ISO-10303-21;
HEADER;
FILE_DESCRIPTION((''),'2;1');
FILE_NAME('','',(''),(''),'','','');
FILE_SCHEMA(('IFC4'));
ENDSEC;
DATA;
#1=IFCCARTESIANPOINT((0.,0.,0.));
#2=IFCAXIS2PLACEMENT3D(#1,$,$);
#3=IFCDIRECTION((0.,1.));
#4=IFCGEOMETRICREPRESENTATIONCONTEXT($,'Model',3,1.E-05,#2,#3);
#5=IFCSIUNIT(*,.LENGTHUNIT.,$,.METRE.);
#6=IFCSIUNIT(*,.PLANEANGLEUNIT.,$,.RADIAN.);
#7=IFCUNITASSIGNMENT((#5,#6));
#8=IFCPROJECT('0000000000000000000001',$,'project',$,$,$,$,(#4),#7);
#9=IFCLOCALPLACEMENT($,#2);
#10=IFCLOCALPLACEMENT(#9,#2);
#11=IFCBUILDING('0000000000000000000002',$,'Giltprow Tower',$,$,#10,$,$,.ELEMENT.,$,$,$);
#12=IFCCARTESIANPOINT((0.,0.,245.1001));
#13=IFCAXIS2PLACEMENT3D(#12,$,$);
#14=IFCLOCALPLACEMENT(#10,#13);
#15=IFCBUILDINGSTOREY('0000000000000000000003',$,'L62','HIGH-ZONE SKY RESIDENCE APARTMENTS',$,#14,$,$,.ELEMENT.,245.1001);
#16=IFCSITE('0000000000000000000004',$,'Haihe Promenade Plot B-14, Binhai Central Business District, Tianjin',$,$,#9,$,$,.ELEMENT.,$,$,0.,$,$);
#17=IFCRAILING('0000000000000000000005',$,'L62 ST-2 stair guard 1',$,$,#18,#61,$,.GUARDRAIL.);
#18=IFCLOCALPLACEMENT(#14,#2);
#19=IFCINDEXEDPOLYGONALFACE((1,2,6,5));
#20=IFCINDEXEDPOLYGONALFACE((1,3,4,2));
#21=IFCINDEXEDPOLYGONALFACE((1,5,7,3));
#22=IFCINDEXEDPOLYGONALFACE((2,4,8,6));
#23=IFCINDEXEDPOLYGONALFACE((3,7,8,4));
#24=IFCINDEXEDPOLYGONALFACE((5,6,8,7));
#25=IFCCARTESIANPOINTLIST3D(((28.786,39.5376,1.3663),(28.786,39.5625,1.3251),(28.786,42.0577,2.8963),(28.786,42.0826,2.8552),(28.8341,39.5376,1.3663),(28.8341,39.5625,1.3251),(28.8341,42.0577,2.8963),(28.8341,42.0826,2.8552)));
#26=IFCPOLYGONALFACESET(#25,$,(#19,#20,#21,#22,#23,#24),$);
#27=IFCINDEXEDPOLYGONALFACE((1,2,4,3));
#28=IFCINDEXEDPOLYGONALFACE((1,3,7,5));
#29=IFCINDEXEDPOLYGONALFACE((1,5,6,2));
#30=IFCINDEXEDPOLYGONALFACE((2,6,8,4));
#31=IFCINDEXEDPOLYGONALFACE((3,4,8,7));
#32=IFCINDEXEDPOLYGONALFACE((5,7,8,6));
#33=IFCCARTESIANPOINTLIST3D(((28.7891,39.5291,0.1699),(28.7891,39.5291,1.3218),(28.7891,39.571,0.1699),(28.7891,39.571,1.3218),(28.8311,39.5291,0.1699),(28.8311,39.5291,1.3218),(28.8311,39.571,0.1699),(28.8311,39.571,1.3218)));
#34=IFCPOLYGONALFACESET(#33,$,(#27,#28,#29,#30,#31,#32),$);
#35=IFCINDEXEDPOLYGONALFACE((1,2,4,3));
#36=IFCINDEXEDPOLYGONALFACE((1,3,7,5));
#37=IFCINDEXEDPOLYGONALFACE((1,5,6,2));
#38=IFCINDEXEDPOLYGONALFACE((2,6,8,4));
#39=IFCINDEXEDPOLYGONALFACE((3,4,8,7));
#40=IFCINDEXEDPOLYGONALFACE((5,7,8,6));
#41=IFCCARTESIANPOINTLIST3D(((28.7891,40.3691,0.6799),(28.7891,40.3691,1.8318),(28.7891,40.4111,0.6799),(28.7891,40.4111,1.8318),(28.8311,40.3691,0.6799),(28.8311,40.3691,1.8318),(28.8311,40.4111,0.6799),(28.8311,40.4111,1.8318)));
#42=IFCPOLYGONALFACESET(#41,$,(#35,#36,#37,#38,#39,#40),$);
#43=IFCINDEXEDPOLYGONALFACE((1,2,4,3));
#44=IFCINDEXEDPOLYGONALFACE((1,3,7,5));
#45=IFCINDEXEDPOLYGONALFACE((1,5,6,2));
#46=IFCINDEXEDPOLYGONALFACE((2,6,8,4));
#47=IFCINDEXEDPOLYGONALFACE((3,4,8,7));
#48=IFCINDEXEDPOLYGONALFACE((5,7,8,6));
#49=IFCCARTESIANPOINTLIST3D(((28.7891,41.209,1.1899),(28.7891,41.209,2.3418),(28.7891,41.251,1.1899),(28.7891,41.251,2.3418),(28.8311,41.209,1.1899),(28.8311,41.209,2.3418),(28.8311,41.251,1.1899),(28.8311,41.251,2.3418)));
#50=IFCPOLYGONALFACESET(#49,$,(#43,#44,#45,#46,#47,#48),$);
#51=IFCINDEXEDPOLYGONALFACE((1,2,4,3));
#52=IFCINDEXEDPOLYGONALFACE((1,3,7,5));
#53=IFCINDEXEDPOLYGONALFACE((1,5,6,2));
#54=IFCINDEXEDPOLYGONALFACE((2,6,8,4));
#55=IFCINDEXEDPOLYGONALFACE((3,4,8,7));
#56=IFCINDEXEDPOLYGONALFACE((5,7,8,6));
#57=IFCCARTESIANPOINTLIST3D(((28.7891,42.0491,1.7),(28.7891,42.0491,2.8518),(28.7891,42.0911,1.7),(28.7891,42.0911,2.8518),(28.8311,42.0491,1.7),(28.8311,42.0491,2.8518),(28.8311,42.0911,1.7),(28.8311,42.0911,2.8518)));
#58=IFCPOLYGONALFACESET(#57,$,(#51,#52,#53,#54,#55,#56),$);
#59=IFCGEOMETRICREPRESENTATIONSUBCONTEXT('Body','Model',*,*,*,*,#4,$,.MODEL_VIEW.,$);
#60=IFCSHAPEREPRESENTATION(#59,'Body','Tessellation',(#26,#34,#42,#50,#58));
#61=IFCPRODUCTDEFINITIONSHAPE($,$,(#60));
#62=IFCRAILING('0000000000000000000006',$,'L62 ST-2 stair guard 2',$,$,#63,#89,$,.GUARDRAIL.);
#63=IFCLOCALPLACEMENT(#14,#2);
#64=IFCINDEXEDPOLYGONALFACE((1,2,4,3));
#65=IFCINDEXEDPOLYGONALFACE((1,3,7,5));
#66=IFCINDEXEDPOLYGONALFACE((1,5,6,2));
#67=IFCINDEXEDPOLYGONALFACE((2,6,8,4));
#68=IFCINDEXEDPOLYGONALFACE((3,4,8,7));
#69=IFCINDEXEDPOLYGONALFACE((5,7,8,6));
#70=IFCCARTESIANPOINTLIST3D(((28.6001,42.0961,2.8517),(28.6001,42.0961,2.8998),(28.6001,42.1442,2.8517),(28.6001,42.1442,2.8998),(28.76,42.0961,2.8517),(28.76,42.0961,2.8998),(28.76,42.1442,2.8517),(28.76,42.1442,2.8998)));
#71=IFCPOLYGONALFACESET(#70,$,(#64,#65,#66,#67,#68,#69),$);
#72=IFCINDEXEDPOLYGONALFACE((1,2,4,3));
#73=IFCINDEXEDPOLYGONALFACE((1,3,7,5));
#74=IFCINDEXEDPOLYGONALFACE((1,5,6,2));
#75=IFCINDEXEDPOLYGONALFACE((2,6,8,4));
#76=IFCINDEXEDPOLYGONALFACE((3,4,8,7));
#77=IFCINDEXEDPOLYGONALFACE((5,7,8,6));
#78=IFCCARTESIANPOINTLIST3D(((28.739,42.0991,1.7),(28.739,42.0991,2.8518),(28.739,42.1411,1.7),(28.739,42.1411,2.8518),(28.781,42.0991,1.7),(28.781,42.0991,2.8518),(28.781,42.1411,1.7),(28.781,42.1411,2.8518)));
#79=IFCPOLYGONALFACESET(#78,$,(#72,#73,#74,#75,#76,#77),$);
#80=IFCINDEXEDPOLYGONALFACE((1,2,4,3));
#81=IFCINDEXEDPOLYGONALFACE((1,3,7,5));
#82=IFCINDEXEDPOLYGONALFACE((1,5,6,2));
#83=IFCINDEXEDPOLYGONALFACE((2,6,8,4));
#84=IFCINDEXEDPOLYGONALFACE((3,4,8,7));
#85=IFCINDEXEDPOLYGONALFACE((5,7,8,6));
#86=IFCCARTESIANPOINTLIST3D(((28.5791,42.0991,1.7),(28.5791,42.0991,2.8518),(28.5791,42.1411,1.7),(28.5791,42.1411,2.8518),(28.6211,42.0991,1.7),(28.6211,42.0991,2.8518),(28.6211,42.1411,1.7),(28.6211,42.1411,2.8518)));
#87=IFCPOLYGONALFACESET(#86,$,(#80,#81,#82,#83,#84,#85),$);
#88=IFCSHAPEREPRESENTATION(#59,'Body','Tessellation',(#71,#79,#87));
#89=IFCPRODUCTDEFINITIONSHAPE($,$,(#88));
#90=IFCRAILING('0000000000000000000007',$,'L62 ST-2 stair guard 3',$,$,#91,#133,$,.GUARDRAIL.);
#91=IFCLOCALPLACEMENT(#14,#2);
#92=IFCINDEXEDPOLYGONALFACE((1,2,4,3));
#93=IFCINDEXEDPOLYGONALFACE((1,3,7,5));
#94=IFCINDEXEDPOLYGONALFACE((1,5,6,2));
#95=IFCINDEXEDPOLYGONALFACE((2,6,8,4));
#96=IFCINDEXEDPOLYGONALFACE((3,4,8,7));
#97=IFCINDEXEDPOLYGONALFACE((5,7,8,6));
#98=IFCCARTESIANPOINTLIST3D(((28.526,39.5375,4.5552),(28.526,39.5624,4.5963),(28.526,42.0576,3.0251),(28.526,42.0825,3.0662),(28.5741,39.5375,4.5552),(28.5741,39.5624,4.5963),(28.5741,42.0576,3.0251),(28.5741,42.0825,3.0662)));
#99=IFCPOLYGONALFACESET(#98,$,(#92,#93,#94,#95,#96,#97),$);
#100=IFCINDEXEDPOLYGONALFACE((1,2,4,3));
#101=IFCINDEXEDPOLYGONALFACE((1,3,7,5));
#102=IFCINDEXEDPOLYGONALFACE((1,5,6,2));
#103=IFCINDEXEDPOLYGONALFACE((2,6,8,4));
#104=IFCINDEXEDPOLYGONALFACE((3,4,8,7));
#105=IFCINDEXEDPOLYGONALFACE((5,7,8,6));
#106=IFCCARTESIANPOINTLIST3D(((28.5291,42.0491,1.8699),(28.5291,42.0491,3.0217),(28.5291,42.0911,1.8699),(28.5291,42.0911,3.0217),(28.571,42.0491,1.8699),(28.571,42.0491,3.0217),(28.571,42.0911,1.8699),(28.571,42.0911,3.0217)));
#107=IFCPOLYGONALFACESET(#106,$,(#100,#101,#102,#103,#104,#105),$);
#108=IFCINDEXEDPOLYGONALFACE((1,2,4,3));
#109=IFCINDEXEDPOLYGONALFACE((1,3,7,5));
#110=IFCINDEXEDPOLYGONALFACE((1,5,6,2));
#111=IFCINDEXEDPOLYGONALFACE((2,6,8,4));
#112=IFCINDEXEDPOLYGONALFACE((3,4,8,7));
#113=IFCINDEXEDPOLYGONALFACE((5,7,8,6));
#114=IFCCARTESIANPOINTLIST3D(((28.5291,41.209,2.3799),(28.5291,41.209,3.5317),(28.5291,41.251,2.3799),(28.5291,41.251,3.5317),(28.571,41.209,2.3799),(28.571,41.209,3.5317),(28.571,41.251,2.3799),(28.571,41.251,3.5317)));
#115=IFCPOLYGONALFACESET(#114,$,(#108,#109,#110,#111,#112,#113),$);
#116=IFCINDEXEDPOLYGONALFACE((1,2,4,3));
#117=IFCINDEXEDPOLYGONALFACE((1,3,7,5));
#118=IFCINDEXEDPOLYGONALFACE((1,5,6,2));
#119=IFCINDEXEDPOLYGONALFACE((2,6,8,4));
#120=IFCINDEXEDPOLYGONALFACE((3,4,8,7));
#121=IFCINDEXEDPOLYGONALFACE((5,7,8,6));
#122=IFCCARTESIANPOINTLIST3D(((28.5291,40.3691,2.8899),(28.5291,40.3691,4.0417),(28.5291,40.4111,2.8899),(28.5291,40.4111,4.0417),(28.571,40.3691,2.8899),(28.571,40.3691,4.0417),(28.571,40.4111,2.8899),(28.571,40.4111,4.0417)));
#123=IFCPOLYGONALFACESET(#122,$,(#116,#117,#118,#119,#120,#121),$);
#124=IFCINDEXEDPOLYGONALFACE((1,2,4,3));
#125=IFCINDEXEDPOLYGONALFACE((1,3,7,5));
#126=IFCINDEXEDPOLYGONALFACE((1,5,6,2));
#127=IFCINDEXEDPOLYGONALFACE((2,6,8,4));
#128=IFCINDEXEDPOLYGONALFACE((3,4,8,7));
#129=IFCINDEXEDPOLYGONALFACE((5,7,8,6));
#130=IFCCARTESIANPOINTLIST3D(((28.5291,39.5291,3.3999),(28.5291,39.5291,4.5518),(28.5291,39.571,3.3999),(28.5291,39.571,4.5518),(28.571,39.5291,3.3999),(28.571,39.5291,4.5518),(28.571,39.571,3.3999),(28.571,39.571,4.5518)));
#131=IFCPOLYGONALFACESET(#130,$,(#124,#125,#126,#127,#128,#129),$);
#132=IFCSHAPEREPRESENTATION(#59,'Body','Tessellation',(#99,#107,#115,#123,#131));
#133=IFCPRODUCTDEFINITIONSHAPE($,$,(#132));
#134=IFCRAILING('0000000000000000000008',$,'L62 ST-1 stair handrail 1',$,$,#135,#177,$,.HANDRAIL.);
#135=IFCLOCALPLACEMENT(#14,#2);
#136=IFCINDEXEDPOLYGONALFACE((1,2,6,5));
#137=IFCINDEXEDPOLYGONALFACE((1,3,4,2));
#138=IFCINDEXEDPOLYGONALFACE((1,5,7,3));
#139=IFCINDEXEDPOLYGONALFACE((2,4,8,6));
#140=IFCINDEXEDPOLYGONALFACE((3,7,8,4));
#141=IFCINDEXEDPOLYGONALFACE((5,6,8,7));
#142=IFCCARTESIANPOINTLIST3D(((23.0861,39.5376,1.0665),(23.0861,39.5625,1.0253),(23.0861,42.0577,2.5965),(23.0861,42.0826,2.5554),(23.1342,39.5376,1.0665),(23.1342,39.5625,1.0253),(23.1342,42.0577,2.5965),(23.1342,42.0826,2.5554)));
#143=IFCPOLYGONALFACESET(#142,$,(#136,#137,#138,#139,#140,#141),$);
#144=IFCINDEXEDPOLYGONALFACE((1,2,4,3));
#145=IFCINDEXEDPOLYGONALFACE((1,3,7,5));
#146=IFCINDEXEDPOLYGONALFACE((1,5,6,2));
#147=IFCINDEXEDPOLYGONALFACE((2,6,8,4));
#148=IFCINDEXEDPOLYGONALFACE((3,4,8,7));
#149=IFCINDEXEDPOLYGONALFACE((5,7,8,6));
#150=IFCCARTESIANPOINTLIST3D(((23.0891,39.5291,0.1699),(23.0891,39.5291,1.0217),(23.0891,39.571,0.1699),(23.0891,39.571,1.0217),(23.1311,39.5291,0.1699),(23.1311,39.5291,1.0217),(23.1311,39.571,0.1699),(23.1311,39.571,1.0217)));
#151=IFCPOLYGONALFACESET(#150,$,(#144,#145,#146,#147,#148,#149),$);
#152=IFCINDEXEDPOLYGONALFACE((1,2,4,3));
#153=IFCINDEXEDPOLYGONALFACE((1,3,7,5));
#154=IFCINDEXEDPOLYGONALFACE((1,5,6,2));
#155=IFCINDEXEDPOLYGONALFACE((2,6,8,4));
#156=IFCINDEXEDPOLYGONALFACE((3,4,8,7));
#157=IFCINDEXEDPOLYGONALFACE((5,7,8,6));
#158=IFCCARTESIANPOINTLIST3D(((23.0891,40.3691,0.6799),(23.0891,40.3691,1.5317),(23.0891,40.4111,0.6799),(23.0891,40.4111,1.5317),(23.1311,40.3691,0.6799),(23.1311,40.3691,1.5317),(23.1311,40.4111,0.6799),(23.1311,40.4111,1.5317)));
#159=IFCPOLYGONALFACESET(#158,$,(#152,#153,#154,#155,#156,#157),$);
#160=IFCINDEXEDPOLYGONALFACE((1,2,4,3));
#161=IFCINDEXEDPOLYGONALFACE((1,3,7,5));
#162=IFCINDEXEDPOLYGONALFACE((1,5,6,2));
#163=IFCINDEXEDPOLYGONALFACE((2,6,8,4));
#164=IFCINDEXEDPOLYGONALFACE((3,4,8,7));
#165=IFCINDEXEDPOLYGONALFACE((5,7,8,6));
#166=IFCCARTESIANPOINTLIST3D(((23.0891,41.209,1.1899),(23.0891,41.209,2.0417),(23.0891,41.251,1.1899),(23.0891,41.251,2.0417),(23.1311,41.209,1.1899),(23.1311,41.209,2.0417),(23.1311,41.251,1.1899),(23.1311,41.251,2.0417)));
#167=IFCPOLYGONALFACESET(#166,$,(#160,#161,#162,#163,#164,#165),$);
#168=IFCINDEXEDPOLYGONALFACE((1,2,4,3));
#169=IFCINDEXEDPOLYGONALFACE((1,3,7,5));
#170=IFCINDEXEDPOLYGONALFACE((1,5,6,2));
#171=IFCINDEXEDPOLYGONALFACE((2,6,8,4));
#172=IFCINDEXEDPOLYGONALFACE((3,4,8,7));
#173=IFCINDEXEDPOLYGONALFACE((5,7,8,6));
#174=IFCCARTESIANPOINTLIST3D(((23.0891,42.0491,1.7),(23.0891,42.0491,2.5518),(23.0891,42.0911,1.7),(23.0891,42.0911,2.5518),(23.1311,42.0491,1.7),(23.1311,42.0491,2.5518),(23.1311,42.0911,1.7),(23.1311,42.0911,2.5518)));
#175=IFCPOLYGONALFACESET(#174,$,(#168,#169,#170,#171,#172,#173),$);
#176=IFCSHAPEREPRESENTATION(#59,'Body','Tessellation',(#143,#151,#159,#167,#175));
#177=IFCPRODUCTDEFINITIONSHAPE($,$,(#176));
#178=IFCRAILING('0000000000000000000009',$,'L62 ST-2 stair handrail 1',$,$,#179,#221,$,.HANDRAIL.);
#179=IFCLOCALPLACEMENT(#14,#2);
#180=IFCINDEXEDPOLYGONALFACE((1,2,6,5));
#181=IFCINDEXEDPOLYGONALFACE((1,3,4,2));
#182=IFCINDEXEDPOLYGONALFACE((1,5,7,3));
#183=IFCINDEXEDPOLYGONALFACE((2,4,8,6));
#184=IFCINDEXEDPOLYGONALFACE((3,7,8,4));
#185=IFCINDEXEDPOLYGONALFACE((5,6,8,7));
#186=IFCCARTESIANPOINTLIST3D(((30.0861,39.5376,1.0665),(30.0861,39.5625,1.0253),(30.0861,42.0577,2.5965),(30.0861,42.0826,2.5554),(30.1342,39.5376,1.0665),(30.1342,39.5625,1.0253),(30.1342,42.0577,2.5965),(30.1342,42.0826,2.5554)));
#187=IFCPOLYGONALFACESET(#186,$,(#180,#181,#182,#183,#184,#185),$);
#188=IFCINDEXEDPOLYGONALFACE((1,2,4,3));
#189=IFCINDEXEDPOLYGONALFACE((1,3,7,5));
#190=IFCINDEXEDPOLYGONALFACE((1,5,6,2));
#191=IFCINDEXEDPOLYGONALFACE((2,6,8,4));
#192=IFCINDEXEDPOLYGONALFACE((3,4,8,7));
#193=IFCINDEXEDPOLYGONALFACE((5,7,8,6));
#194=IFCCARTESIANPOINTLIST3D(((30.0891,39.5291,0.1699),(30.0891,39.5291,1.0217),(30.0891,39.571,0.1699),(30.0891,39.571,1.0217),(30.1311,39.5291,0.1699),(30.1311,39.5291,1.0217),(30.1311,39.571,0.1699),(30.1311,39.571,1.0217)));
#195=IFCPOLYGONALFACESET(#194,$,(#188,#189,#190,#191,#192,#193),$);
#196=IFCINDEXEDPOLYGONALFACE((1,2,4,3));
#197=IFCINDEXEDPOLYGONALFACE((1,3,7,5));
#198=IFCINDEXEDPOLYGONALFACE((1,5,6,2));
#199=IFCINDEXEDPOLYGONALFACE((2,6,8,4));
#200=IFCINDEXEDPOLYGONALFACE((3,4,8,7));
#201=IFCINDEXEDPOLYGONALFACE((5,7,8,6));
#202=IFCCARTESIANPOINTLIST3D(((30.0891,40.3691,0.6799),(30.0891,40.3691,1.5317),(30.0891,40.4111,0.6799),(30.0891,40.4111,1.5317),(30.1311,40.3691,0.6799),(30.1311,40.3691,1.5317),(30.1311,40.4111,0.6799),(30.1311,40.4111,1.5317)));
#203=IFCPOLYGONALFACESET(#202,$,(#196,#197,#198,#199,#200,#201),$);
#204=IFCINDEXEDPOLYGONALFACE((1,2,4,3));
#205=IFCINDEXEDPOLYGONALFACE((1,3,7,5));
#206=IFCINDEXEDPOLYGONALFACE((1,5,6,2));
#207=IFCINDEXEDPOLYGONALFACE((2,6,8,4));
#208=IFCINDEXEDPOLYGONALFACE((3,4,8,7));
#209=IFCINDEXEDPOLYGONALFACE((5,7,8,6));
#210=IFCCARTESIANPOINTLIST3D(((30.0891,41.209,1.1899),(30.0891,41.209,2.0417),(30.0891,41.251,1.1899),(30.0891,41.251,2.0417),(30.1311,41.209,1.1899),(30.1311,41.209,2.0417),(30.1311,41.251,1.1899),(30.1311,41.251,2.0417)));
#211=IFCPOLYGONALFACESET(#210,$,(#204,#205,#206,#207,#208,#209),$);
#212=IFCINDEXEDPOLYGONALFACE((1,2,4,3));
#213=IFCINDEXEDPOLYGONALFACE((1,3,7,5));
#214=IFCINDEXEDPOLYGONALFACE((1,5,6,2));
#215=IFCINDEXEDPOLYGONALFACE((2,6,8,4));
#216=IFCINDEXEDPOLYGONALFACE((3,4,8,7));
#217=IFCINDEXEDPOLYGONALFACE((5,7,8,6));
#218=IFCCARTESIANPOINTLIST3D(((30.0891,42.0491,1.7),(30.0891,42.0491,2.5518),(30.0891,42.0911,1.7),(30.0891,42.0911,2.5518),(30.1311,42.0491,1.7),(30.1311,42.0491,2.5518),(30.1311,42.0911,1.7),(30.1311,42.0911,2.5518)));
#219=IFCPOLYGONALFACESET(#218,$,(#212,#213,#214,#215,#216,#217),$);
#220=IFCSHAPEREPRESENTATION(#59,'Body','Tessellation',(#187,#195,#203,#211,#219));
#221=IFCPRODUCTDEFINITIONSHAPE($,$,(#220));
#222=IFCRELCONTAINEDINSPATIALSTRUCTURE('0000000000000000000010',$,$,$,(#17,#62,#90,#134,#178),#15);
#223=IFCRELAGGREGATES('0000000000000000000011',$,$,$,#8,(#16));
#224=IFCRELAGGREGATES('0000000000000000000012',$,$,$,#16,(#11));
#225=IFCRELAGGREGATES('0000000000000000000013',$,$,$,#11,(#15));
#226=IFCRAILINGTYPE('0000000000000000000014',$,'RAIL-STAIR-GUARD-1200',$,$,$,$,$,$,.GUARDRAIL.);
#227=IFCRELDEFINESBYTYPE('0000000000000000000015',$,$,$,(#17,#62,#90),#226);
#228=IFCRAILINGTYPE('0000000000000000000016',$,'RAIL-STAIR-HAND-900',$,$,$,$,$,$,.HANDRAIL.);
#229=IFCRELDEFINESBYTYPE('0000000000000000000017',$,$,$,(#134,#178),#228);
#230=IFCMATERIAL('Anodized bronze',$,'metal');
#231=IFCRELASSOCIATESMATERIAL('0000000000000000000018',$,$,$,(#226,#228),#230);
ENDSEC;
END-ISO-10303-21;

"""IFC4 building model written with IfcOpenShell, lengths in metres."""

from ifc_helpers import new_model, si_unit, direction, frame, origin, origin_2d, place, context, subcontext, project, spatial, rectangle, extrude, material, type_object, element, save


model = new_model("IFC4")

# Units and contexts
model_context = context("Model", 3, precision=1e-05, world=origin(), true_north=direction((0.0, 1.0)))
body_context = subcontext(model_context, "Body", "Model", "MODEL_VIEW")
ifc_project = project(units=[si_unit("LENGTHUNIT", "METRE"), si_unit("PLANEANGLEUNIT", "RADIAN")], contexts=[model_context])

# Site, building, storey
site_placement = place(None, origin())
site = spatial("IfcSite", under=ifc_project, at=site_placement, Name="Haihe Promenade Plot B-14, Binhai Central Business District, Tianjin", CompositionType="ELEMENT", RefElevation=0.0)
building_placement = place(site_placement, origin())
building = spatial("IfcBuilding", under=site, at=building_placement, Name="Giltprow Tower", CompositionType="ELEMENT")
storey_placement = place(building_placement, frame((0.0, 0.0, 245.1001)))
storey = spatial("IfcBuildingStorey", under=building, at=storey_placement, Name="L62", Description="HIGH-ZONE SKY RESIDENCE APARTMENTS", CompositionType="ELEMENT", Elevation=245.1001)

# Railings
ifc_material_1 = material(Name="Anodized bronze", Category="metal")
railing_type_1 = type_object("IfcRailingType", Name="RAIL-STAIR-GUARD-1200", PredefinedType="GUARDRAIL", material=ifc_material_1)
railing_1_placement = place(storey_placement, frame((28.8101, 39.55, 0.1699)))
element("IfcRailing", 1, at=railing_1_placement, inside=storey, type_object=railing_type_1, Name="L62 ST-2 stair guard 1", PredefinedType="GUARDRAIL", context=body_context, shape_type="SweptSolid", body=[
    extrude(rectangle(XDim=0.0481, YDim=0.0481, at=origin_2d()), frame((0.0, 0.0, 1.1758), z_axis=(0.0, 0.854785, 0.518982), x_axis=(-1.0, 0.0, 0.0)), (0.0, 0.0, 1.0), 2.9482),
    extrude(rectangle(XDim=0.042, YDim=0.042, at=origin_2d()), origin(), (0.0, 0.0, 1.0), 1.1519),
    extrude(rectangle(XDim=0.042, YDim=0.042, at=origin_2d()), frame((0.0, 0.8401, 0.51)), (0.0, 0.0, 1.0), 1.1519),
    extrude(rectangle(XDim=0.042, YDim=0.042, at=origin_2d()), frame((0.0, 1.6799, 1.02)), (0.0, 0.0, 1.0), 1.1519),
    extrude(rectangle(XDim=0.042, YDim=0.042, at=origin_2d()), frame((0.0, 2.52, 1.53)), (0.0, 0.0, 1.0), 1.1519),
])
railing_2_placement = place(storey_placement, frame((28.76, 42.1201, 1.7)))
element("IfcRailing", 2, at=railing_2_placement, inside=storey, type_object=railing_type_1, Name="L62 ST-2 stair guard 2", PredefinedType="GUARDRAIL", context=body_context, shape_type="SweptSolid", body=[
    extrude(rectangle(XDim=0.0481, YDim=0.0481, at=origin_2d()), frame((0.0, 0.0, 1.1758), z_axis=(-1.0, 0.0, 0.0), x_axis=(0.0, -1.0, 0.0)), (0.0, 0.0, 1.0), 0.1599),
    extrude(rectangle(XDim=0.042, YDim=0.042, at=origin_2d()), origin(), (0.0, 0.0, 1.0), 1.1519),
    extrude(rectangle(XDim=0.042, YDim=0.042, at=origin_2d()), frame((-0.1599, 0.0, 0.0)), (0.0, 0.0, 1.0), 1.1519),
])
railing_3_placement = place(storey_placement, frame((28.55, 42.0701, 1.8699)))
element("IfcRailing", 3, at=railing_3_placement, inside=storey, type_object=railing_type_1, Name="L62 ST-2 stair guard 3", PredefinedType="GUARDRAIL", context=body_context, shape_type="SweptSolid", body=[
    extrude(rectangle(XDim=0.0481, YDim=0.0481, at=origin_2d()), frame((0.0, 0.0, 1.1758), z_axis=(0.0, -0.854785, 0.518982), x_axis=(1.0, 0.0, 0.0)), (0.0, 0.0, 1.0), 2.9482),
    extrude(rectangle(XDim=0.042, YDim=0.042, at=origin_2d()), origin(), (0.0, 0.0, 1.0), 1.1519),
    extrude(rectangle(XDim=0.042, YDim=0.042, at=origin_2d()), frame((0.0, -0.8401, 0.51)), (0.0, 0.0, 1.0), 1.1519),
    extrude(rectangle(XDim=0.042, YDim=0.042, at=origin_2d()), frame((0.0, -1.6799, 1.02)), (0.0, 0.0, 1.0), 1.1519),
    extrude(rectangle(XDim=0.042, YDim=0.042, at=origin_2d()), frame((0.0, -2.52, 1.53)), (0.0, 0.0, 1.0), 1.1519),
])
railing_type_2 = type_object("IfcRailingType", Name="RAIL-STAIR-HAND-900", PredefinedType="HANDRAIL", material=ifc_material_1)
for number, where, name in (
    (4, (23.1101, 39.55, 0.1699), "L62 ST-1 stair handrail 1"),
    (5, (30.1101, 39.55, 0.1699), "L62 ST-2 stair handrail 1"),
):
    element("IfcRailing", number, at=place(storey_placement, frame(where)), inside=storey, type_object=railing_type_2, Name=name, PredefinedType="HANDRAIL", context=body_context, shape_type="SweptSolid", body=[
        extrude(rectangle(XDim=0.0481, YDim=0.0481, at=origin_2d()), frame((0.0, 0.0, 0.876), z_axis=(0.0, 0.854785, 0.518982), x_axis=(-1.0, 0.0, 0.0)), (0.0, 0.0, 1.0), 2.9482),
        extrude(rectangle(XDim=0.042, YDim=0.042, at=origin_2d()), origin(), (0.0, 0.0, 1.0), 0.8518),
        extrude(rectangle(XDim=0.042, YDim=0.042, at=origin_2d()), frame((0.0, 0.8401, 0.51)), (0.0, 0.0, 1.0), 0.8518),
        extrude(rectangle(XDim=0.042, YDim=0.042, at=origin_2d()), frame((0.0, 1.6799, 1.02)), (0.0, 0.0, 1.0), 0.8518),
        extrude(rectangle(XDim=0.042, YDim=0.042, at=origin_2d()), frame((0.0, 2.52, 1.53)), (0.0, 0.0, 1.0), 0.8518),
    ])

save(model, "model.ifc")
